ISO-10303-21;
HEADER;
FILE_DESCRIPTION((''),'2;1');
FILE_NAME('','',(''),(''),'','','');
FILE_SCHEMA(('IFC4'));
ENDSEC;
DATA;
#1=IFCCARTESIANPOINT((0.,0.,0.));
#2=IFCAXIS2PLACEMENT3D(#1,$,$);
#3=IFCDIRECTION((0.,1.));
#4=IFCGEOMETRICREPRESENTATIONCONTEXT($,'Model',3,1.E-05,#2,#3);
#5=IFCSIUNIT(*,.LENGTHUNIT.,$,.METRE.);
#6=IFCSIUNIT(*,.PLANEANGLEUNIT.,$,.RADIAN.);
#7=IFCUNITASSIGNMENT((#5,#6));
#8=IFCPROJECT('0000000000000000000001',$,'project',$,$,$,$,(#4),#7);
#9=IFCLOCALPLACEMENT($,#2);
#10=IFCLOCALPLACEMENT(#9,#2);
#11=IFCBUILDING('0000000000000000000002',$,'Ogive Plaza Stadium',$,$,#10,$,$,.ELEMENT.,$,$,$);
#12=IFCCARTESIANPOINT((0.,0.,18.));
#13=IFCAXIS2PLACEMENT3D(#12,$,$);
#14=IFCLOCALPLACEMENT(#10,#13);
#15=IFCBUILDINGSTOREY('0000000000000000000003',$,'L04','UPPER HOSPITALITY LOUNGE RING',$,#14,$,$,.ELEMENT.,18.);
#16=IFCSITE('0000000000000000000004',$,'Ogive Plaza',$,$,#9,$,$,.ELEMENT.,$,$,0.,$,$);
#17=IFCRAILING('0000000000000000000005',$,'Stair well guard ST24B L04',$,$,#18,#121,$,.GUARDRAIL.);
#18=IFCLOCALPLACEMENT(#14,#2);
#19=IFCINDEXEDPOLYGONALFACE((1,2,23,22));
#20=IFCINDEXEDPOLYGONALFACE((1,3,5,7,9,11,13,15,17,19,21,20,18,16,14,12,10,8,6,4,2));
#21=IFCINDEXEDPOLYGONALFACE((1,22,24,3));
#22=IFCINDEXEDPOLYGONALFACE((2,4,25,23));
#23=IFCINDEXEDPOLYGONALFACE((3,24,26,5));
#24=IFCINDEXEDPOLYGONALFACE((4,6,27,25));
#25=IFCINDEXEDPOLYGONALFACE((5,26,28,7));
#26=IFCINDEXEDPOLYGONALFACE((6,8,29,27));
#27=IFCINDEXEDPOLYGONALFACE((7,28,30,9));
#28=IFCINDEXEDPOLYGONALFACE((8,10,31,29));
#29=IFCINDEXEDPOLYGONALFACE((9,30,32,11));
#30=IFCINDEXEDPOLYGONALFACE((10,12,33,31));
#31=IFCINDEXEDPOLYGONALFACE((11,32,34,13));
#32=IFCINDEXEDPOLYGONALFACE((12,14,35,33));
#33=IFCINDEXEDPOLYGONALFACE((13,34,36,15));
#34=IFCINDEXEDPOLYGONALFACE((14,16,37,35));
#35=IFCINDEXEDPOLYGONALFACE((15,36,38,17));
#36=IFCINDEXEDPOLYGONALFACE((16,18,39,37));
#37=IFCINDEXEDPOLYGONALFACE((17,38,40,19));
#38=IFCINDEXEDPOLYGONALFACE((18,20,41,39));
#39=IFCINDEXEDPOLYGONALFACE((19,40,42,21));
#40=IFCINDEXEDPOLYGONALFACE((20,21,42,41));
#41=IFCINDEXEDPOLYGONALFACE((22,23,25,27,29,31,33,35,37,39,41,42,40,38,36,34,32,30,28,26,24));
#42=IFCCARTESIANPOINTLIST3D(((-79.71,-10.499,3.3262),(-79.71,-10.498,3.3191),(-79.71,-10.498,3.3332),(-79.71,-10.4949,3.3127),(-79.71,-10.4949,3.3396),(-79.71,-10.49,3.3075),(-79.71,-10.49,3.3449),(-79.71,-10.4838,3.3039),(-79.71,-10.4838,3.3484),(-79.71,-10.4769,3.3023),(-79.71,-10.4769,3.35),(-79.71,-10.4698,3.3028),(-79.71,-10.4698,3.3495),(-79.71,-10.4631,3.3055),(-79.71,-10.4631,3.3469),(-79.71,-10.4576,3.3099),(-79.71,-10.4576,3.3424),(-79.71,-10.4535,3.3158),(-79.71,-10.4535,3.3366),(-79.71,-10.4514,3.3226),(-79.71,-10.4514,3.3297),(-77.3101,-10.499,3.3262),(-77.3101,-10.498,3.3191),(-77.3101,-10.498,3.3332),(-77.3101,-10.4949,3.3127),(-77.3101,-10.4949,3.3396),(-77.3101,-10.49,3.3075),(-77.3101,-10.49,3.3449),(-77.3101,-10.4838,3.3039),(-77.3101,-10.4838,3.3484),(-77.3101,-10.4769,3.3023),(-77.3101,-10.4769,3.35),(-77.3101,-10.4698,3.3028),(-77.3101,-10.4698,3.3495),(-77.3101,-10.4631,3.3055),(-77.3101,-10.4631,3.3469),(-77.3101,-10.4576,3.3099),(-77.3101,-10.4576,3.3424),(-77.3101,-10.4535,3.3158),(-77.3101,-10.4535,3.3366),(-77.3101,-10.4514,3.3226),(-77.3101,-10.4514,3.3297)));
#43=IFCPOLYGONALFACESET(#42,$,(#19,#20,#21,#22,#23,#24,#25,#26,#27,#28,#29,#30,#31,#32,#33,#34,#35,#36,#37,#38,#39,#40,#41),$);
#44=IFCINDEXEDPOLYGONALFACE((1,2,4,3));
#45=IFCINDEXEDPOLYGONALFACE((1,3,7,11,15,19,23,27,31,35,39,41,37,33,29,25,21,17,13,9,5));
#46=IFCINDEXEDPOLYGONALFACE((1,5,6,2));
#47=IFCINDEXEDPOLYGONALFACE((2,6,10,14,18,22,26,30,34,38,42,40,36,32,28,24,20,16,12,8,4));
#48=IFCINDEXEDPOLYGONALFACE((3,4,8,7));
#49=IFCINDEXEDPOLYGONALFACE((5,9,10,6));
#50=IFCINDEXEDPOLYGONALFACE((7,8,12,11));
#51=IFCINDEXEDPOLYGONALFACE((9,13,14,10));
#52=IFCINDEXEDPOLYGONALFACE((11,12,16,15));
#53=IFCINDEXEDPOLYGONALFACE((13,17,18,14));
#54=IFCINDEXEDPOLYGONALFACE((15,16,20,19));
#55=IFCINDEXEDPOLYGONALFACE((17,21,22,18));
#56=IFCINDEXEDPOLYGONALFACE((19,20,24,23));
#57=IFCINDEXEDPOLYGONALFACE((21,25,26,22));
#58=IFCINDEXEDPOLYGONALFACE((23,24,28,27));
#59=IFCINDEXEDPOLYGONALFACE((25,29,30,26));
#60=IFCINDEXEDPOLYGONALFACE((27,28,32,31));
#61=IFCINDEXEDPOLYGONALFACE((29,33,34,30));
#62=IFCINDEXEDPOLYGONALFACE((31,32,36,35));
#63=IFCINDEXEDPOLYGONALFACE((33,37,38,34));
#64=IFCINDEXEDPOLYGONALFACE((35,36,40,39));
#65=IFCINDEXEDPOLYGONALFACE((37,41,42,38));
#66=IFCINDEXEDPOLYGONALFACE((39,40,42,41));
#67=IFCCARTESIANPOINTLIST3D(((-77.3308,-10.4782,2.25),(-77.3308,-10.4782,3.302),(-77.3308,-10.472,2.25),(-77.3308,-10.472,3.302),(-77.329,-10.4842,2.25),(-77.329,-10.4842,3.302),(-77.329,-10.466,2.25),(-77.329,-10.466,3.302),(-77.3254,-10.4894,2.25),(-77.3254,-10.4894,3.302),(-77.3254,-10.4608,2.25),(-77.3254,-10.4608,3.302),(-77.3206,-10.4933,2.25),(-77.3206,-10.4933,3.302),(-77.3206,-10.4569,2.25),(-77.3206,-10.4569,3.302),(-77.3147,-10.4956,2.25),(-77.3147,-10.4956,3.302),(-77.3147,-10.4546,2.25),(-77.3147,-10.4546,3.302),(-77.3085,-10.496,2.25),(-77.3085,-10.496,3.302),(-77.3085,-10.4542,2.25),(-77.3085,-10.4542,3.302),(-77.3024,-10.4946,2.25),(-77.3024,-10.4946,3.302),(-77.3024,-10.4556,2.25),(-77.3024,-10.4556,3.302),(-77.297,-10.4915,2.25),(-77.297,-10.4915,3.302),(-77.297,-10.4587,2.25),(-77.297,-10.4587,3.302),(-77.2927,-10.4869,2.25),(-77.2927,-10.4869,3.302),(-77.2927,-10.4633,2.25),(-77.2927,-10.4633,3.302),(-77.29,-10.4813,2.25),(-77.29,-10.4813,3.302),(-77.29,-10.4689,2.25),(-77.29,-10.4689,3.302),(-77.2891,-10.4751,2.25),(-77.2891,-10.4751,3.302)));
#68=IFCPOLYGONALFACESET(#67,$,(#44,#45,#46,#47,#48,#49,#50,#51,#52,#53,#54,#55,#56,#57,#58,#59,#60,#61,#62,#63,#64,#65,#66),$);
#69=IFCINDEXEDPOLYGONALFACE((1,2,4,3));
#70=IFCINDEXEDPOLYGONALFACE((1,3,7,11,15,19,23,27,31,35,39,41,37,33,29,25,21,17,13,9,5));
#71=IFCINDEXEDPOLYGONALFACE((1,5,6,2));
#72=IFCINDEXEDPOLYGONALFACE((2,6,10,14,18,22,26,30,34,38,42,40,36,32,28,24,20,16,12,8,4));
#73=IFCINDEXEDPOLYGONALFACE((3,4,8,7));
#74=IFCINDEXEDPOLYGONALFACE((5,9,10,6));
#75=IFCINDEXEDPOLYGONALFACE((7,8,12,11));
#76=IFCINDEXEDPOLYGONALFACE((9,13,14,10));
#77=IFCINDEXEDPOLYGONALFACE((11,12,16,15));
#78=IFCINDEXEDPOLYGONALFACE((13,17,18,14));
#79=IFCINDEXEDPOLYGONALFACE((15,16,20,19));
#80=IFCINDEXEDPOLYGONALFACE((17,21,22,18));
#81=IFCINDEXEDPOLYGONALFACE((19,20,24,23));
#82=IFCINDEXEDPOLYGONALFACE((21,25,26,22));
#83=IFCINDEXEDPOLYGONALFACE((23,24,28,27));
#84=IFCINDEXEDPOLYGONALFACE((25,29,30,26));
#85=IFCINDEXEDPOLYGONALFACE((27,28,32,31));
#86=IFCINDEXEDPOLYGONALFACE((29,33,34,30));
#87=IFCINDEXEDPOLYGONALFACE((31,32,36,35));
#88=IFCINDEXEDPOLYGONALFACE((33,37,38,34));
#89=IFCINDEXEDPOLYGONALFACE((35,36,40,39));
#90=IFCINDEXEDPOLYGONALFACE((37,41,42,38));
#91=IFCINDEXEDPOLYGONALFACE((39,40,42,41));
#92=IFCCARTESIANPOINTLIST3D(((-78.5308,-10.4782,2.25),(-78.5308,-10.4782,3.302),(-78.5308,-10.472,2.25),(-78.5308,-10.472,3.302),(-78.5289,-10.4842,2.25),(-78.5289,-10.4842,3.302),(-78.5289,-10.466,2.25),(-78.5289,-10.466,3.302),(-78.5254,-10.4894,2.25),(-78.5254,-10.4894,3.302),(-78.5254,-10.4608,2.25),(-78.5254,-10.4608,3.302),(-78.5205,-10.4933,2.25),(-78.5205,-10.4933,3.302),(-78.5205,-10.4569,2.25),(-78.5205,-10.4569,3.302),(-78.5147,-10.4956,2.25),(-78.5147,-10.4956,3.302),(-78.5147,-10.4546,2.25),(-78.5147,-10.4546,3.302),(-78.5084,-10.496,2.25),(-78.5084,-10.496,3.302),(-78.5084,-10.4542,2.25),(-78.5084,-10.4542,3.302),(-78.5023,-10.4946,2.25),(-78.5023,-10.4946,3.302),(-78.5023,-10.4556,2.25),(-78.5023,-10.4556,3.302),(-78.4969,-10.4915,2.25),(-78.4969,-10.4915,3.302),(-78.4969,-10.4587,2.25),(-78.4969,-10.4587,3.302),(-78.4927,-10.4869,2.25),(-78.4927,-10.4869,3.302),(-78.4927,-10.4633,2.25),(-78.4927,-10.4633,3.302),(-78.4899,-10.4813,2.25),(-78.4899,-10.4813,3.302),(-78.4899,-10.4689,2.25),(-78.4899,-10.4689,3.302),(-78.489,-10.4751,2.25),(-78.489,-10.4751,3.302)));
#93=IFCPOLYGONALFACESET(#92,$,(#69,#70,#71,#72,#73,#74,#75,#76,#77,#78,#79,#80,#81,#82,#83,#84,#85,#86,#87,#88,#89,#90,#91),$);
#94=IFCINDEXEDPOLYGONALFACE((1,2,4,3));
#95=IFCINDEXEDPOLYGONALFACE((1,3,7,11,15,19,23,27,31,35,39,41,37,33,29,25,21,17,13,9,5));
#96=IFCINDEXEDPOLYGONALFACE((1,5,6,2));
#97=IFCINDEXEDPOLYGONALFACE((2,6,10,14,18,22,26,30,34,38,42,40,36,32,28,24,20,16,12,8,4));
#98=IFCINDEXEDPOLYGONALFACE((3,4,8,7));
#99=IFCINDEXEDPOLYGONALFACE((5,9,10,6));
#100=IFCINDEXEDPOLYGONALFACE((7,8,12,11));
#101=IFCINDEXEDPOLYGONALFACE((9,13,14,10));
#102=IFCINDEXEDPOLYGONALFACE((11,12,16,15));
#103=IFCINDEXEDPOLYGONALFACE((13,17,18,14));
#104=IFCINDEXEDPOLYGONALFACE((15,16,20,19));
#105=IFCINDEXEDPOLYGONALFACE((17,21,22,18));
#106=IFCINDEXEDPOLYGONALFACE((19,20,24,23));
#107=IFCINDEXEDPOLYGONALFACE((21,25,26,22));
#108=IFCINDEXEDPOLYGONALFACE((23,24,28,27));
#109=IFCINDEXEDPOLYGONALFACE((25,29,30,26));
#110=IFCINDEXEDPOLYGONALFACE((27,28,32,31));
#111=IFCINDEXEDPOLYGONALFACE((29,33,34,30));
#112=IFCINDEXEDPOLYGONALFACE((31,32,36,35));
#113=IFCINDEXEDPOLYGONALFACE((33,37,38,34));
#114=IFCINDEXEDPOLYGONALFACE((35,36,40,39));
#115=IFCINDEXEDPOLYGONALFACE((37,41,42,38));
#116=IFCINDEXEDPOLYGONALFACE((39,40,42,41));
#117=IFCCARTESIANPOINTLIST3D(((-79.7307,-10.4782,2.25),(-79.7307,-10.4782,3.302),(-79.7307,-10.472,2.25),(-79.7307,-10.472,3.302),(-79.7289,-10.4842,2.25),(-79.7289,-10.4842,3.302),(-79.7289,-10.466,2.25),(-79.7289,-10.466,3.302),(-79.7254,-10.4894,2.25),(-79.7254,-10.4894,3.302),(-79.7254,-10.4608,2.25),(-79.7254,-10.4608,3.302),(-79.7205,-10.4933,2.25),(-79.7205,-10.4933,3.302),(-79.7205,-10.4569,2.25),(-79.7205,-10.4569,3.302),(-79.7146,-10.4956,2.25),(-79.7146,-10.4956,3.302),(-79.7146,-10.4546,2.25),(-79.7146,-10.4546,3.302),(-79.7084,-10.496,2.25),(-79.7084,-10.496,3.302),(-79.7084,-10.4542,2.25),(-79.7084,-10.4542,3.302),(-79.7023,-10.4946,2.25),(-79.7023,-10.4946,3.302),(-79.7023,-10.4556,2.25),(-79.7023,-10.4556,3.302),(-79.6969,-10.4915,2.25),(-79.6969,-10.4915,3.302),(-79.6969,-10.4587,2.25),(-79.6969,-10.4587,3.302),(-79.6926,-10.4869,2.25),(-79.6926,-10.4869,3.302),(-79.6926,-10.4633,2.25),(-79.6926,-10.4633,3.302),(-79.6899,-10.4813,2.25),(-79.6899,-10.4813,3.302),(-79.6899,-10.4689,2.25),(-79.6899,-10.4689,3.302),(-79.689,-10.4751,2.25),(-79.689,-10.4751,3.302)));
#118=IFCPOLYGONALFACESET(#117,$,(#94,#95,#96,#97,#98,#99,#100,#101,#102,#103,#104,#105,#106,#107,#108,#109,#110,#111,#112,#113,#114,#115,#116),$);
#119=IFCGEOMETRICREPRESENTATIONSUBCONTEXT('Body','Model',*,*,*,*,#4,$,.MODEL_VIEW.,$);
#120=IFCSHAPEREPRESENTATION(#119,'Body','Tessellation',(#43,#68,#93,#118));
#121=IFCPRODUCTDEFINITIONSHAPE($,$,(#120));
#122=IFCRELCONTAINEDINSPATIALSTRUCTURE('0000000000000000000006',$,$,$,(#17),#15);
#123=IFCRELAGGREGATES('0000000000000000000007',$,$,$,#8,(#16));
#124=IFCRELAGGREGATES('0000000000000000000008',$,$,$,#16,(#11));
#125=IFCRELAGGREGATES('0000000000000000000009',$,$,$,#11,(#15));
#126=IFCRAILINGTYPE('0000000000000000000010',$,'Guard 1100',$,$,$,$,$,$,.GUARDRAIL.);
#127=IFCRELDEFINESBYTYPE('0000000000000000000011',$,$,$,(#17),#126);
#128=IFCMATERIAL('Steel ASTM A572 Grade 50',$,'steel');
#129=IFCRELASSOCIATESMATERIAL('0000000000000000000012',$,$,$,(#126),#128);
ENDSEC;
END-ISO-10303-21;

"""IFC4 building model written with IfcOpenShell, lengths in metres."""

from ifc_helpers import new_model, si_unit, direction, frame, origin, origin_2d, place, context, subcontext, project, spatial, circle, extrude, material, type_object, element, save


model = new_model("IFC4")

# Units and contexts
model_context = context("Model", 3, precision=1e-05, world=origin(), true_north=direction((0.0, 1.0)))
body_context = subcontext(model_context, "Body", "Model", "MODEL_VIEW")
ifc_project = project(units=[si_unit("LENGTHUNIT", "METRE"), si_unit("PLANEANGLEUNIT", "RADIAN")], contexts=[model_context])

# Site, building, storey
site_placement = place(None, origin())
site = spatial("IfcSite", under=ifc_project, at=site_placement, Name="Ogive Plaza", CompositionType="ELEMENT", RefElevation=0.0)
building_placement = place(site_placement, origin())
building = spatial("IfcBuilding", under=site, at=building_placement, Name="Ogive Plaza Stadium", CompositionType="ELEMENT")
storey_placement = place(building_placement, frame((0.0, 0.0, 18.0)))
storey = spatial("IfcBuildingStorey", under=building, at=storey_placement, Name="L04", Description="UPPER HOSPITALITY LOUNGE RING", CompositionType="ELEMENT", Elevation=18.0)

# Railing
ifc_material_1 = material(Name="Steel ASTM A572 Grade 50", Category="steel")
railing_type_1 = type_object("IfcRailingType", Name="Guard 1100", PredefinedType="GUARDRAIL", material=ifc_material_1)
for number, where, name in (
    (1, (-77.3101, -10.4751, 2.25), "Stair well guard ST24B L04"),
):
    element("IfcRailing", number, at=place(storey_placement, frame(where)), inside=storey, type_object=railing_type_1, Name=name, PredefinedType="GUARDRAIL", context=body_context, shape_type="SweptSolid", body=[
        extrude(circle(Radius=0.0239, at=origin_2d()), frame((0.0, 0.0, 1.0762), z_axis=(-1.0, 0.0, 0.0), x_axis=(0.0, -1.0, 0.0)), (0.0, 0.0, 1.0), 2.3999),
        extrude(circle(Radius=0.021, at=origin_2d()), origin(), (0.0, 0.0, 1.0), 1.052),
        extrude(circle(Radius=0.021, at=origin_2d()), frame((-1.2, 0.0, 0.0)), (0.0, 0.0, 1.0), 1.052),
        extrude(circle(Radius=0.021, at=origin_2d()), frame((-2.3999, 0.0, 0.0)), (0.0, 0.0, 1.0), 1.052),
    ])

save(model, "model.ifc")
